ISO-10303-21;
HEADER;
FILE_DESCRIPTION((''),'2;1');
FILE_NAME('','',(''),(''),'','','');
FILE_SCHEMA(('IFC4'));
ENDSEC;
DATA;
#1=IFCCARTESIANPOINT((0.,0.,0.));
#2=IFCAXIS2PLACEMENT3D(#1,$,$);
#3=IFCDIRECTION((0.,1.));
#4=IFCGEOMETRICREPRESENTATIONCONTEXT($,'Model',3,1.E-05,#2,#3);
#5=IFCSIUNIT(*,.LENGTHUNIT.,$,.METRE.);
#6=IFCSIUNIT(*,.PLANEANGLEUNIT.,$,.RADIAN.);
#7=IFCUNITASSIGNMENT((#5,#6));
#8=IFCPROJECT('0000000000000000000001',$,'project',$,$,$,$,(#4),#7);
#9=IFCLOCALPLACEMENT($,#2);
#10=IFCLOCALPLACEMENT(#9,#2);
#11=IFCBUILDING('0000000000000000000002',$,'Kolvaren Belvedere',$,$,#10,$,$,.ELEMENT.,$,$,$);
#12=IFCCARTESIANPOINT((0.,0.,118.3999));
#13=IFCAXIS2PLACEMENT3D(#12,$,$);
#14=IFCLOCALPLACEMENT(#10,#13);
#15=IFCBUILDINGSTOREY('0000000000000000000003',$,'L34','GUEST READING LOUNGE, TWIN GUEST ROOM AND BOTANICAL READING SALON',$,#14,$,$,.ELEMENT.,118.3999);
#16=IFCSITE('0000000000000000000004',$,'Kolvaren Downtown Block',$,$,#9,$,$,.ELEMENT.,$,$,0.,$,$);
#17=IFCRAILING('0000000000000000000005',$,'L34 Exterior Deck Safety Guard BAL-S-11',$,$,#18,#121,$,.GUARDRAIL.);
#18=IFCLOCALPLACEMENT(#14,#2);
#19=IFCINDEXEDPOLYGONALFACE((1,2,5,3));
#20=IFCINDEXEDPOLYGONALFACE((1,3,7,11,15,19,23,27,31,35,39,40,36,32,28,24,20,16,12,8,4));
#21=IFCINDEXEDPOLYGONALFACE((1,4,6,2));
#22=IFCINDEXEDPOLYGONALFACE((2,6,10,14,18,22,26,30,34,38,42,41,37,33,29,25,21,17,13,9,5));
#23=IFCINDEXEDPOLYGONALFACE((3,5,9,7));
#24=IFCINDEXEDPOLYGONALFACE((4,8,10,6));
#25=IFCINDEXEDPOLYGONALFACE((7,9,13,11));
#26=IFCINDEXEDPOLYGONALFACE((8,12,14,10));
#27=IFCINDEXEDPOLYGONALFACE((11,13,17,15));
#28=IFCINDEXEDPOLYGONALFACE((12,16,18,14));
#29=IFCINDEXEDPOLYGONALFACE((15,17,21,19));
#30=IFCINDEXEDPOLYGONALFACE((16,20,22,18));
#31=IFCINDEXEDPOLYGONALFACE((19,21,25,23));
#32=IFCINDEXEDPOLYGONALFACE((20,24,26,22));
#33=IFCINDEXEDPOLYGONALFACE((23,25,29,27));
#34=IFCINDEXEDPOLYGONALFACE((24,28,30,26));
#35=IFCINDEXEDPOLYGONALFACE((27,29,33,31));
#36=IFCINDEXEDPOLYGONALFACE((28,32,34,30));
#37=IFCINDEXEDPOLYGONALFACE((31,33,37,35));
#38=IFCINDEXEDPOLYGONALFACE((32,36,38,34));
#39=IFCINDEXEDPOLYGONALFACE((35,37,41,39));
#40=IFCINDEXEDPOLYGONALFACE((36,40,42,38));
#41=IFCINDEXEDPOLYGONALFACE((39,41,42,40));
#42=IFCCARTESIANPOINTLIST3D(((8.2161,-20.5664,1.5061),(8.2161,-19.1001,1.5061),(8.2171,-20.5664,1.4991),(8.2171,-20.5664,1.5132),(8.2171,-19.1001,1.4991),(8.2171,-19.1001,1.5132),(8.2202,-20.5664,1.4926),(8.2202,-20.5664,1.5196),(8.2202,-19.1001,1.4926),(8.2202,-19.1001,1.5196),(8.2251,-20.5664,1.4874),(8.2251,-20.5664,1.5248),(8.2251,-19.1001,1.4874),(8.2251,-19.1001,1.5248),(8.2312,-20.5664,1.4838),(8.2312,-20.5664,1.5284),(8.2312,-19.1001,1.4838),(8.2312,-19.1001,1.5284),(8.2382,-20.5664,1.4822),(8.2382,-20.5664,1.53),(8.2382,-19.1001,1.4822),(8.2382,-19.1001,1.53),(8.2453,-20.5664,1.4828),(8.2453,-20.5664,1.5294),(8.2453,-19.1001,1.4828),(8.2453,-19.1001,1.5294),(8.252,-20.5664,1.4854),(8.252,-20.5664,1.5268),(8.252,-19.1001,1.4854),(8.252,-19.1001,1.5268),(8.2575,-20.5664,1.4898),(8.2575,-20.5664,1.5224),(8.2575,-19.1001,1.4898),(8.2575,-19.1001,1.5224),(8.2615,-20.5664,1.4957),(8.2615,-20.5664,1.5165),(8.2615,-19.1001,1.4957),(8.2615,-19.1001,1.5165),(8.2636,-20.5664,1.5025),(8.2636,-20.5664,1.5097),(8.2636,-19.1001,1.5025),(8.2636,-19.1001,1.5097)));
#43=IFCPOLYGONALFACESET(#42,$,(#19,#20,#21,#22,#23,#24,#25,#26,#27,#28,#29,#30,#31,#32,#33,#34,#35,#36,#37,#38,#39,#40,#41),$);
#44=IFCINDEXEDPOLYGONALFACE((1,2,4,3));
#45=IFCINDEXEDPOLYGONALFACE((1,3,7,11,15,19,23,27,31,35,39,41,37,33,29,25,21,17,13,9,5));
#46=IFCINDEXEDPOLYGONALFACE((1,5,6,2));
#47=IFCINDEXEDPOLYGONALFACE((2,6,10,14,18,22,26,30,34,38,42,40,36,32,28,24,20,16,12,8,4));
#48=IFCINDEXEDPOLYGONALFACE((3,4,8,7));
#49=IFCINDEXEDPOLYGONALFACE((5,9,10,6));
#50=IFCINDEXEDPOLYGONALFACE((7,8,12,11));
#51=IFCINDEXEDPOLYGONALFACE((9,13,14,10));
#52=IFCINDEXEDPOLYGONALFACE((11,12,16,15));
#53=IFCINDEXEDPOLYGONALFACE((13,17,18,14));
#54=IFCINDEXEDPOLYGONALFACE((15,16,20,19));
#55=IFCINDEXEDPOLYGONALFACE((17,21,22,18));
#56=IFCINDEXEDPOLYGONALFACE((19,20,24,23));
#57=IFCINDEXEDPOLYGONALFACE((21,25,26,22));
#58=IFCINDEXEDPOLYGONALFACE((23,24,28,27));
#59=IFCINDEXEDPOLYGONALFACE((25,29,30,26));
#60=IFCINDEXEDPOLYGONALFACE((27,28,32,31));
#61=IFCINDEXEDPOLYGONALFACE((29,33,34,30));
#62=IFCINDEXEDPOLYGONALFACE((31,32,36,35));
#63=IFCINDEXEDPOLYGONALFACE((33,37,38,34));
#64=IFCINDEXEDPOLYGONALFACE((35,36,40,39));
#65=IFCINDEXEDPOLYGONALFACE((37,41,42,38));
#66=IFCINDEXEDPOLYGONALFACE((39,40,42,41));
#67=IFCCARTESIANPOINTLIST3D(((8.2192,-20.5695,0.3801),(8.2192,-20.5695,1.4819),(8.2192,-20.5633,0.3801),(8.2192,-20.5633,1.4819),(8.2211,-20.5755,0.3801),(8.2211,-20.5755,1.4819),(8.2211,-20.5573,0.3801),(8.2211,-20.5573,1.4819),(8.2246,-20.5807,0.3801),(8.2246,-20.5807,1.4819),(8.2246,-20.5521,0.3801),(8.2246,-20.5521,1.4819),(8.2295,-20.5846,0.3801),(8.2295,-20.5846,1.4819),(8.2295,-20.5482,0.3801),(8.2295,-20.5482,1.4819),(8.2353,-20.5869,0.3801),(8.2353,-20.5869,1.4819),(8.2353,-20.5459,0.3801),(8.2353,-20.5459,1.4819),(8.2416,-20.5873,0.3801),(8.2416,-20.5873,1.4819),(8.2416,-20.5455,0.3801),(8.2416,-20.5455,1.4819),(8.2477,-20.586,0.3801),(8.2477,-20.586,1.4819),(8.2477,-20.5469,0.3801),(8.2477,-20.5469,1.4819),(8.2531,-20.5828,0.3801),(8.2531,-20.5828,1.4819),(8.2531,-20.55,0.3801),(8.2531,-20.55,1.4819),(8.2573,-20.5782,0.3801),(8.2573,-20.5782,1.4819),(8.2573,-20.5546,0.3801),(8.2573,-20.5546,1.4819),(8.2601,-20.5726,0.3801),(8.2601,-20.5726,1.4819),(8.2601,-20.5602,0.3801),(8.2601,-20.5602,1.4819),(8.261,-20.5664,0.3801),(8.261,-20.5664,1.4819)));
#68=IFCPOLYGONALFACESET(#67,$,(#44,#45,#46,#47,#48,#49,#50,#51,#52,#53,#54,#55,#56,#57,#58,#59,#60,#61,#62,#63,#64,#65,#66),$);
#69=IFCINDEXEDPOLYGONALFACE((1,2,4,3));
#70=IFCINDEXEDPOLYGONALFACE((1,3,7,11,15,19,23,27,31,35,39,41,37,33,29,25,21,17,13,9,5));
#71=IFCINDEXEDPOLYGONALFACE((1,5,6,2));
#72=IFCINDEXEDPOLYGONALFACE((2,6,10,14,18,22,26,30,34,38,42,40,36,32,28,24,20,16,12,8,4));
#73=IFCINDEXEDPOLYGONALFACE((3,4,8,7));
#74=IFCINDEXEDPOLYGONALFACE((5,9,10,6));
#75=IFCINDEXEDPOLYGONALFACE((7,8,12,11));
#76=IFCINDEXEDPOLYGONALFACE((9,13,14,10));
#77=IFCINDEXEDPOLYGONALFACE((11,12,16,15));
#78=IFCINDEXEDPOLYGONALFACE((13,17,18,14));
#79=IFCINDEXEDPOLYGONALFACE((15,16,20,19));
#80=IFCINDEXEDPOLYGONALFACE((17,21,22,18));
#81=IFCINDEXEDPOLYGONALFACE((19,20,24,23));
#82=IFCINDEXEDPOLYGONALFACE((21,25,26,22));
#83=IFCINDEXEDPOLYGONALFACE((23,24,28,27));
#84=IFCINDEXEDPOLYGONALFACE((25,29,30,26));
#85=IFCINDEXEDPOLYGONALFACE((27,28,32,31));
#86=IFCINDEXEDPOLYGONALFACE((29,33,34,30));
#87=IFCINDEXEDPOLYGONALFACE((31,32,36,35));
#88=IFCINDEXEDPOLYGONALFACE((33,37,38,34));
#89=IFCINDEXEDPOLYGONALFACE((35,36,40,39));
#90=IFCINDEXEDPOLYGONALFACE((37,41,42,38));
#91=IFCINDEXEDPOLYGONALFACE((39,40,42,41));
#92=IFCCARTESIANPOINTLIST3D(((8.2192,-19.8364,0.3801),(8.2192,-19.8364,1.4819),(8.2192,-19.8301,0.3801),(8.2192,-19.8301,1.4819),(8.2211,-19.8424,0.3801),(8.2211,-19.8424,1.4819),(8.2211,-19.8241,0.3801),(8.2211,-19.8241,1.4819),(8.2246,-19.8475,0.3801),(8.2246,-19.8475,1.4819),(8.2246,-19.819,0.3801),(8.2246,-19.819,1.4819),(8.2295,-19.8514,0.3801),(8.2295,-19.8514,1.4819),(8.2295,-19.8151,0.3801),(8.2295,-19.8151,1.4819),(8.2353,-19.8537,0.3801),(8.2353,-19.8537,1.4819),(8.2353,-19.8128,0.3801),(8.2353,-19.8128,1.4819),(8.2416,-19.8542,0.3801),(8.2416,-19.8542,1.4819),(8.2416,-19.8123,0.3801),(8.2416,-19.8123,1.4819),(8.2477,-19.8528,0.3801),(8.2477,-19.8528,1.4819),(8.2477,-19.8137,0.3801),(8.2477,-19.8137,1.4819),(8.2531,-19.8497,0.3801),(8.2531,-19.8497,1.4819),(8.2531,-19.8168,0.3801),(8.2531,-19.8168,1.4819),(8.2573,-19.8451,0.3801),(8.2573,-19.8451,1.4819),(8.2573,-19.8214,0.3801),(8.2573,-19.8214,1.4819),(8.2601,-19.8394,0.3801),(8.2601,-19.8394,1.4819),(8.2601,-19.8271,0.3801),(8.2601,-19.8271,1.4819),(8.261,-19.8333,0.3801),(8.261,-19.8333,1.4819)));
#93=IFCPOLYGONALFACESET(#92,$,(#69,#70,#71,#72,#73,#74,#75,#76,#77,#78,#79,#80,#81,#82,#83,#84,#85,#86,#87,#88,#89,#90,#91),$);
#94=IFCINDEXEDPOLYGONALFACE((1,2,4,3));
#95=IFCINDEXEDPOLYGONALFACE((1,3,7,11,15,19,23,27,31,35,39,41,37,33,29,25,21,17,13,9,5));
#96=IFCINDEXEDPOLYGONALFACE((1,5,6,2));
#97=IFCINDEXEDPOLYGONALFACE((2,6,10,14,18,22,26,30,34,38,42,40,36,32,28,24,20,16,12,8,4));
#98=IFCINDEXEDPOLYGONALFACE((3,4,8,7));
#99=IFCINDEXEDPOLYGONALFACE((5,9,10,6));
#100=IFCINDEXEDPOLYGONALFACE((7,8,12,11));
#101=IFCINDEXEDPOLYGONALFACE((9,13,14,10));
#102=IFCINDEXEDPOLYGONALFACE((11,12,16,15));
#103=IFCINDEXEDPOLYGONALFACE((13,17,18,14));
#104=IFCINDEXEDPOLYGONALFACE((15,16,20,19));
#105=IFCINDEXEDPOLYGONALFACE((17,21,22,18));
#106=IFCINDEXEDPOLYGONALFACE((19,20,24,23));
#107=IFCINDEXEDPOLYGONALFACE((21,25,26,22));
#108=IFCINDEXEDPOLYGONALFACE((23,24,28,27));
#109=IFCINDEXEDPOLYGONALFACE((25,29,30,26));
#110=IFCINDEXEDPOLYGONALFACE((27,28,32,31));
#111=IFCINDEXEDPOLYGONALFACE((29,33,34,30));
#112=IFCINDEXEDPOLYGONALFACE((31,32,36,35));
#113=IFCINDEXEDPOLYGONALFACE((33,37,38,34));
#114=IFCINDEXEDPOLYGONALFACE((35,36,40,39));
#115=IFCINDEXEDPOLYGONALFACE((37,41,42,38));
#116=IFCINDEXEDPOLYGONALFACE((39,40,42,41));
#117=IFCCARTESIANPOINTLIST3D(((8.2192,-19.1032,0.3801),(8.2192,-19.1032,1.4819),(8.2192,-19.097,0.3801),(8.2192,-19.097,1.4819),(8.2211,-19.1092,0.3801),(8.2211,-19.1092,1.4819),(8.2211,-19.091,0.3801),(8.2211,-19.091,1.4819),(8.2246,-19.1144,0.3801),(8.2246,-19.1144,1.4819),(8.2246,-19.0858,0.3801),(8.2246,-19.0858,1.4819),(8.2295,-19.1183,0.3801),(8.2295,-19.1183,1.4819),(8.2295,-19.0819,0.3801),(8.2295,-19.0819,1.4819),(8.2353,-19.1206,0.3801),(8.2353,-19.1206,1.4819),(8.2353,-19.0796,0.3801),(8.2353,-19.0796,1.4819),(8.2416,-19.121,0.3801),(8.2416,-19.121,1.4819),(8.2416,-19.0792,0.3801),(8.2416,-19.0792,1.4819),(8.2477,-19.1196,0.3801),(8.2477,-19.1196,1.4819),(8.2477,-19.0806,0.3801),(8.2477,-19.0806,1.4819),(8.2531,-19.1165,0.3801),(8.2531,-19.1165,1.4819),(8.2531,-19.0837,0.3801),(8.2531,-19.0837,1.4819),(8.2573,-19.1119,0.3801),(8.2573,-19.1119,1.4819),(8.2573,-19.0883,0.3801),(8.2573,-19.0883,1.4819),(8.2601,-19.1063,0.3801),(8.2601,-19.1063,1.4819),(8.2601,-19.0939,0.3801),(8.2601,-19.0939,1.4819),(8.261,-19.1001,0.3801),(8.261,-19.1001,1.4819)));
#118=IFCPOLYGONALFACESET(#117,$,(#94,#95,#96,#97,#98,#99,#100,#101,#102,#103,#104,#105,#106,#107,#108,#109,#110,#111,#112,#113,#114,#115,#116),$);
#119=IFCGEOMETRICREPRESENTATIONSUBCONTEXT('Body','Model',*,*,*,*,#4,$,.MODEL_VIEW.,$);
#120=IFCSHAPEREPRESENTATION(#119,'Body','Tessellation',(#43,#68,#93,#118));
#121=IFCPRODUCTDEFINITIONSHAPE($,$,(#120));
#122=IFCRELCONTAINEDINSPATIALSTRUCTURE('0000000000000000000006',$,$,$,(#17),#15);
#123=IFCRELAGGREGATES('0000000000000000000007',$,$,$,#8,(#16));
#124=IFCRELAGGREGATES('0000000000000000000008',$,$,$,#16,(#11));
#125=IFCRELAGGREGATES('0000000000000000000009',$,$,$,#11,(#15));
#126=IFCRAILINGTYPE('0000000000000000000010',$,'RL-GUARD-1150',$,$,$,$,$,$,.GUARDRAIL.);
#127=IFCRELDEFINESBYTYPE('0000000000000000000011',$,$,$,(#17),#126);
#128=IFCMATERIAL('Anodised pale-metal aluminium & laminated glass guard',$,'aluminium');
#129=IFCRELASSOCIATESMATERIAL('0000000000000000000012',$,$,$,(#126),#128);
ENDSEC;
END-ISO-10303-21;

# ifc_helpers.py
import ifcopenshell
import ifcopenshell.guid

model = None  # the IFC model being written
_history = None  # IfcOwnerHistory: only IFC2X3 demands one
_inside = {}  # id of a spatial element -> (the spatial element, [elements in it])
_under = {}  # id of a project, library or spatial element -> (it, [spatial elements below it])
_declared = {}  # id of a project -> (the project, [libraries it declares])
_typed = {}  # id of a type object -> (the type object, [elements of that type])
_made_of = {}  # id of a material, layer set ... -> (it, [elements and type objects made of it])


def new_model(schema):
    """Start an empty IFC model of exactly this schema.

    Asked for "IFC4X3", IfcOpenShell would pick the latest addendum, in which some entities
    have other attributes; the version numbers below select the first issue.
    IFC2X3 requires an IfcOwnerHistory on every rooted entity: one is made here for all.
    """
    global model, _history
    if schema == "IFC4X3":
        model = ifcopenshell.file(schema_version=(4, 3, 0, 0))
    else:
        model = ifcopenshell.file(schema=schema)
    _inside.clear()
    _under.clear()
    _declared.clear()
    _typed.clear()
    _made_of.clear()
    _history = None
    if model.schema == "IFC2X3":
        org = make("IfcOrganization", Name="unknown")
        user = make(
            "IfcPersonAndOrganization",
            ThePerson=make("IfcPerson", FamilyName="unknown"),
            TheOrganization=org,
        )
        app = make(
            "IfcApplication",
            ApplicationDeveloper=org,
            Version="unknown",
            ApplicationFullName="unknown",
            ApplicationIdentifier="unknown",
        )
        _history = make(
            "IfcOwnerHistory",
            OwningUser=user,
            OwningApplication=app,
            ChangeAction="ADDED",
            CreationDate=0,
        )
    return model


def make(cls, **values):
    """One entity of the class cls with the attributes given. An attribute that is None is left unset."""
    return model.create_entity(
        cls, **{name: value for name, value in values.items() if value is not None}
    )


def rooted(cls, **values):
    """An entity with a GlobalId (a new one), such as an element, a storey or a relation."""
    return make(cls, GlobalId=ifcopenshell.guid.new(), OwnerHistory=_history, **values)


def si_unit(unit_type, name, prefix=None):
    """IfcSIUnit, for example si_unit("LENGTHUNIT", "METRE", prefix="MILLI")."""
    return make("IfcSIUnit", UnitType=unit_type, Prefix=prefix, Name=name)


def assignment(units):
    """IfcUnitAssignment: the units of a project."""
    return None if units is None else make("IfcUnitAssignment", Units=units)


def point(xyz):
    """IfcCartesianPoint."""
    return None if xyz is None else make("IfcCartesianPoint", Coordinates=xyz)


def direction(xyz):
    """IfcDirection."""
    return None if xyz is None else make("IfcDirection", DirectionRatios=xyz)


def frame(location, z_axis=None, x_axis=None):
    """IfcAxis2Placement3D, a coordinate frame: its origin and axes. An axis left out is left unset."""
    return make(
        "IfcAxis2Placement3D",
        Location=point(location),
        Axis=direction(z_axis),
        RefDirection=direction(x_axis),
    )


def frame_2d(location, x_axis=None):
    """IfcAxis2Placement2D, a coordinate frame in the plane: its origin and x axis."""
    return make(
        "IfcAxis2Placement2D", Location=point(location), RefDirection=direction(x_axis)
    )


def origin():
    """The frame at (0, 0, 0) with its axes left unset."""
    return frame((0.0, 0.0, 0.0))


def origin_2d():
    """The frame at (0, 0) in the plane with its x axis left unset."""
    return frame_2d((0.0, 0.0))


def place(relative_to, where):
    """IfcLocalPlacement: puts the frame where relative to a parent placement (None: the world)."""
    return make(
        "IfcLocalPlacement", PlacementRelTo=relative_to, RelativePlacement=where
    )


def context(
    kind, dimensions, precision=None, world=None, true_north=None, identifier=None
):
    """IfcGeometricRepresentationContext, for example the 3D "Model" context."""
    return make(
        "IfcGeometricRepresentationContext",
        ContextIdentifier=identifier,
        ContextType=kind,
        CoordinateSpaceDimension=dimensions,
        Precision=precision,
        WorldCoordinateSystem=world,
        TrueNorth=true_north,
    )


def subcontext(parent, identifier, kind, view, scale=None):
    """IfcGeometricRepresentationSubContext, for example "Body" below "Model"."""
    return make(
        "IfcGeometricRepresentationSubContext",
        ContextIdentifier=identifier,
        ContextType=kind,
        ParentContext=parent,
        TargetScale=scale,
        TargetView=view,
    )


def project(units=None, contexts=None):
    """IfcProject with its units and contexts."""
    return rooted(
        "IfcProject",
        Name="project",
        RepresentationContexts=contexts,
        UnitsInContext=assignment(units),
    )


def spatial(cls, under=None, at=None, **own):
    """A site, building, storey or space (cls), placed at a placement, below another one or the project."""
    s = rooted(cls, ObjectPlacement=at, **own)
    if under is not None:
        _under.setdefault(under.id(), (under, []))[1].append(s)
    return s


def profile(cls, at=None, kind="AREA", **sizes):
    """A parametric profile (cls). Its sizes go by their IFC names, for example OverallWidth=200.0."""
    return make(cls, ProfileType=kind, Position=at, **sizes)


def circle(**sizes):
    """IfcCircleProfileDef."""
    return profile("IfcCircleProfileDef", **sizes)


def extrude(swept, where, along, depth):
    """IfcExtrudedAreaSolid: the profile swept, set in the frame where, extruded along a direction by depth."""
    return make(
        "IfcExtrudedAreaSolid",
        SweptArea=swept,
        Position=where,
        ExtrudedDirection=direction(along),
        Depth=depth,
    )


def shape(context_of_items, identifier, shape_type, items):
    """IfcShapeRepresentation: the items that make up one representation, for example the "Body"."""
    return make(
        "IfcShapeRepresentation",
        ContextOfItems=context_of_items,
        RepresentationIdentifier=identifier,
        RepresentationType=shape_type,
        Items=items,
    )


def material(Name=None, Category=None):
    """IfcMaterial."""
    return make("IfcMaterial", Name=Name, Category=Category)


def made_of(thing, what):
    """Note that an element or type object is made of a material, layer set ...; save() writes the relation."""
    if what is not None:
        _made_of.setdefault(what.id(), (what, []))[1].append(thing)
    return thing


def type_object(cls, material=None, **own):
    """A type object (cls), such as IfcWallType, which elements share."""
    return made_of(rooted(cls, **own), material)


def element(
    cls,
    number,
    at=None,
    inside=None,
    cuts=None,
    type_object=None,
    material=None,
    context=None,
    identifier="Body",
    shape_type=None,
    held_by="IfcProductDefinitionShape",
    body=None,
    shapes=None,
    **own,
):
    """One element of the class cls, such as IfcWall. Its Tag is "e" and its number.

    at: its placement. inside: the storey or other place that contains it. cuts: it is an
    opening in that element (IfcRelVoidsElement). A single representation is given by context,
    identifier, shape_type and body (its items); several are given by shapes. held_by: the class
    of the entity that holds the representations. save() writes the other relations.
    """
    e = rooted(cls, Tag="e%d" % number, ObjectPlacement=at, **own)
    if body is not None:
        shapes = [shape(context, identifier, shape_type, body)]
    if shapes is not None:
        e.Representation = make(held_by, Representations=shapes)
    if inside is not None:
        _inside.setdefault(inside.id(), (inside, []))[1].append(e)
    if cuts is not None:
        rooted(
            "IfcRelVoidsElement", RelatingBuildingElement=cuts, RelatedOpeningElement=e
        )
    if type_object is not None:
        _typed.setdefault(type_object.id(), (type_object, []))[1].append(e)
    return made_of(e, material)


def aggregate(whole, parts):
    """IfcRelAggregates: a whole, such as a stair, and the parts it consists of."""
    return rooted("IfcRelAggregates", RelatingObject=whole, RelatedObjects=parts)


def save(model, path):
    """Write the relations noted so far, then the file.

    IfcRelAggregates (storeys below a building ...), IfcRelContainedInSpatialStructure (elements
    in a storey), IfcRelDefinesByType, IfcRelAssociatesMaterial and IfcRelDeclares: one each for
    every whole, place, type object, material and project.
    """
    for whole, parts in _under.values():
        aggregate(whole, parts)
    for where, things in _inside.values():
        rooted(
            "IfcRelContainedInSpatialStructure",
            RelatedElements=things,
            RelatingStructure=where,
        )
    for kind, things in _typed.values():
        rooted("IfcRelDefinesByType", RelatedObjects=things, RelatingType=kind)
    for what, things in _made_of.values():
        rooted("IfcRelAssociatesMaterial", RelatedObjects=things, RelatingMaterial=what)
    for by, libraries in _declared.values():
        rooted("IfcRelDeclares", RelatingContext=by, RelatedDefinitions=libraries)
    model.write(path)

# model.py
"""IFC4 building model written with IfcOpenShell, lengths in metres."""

from ifc_helpers import new_model, si_unit, direction, frame, origin, origin_2d, place, context, subcontext, project, spatial, circle, extrude, material, type_object, element, save


model = new_model("IFC4")

# Units and contexts
model_context = context("Model", 3, precision=1e-05, world=origin(), true_north=direction((0.0, 1.0)))
body_context = subcontext(model_context, "Body", "Model", "MODEL_VIEW")
ifc_project = project(units=[si_unit("LENGTHUNIT", "METRE"), si_unit("PLANEANGLEUNIT", "RADIAN")], contexts=[model_context])

# Site, building, storey
site_placement = place(None, origin())
site = spatial("IfcSite", under=ifc_project, at=site_placement, Name="Kolvaren Downtown Block", CompositionType="ELEMENT", RefElevation=0.0)
building_placement = place(site_placement, origin())
building = spatial("IfcBuilding", under=site, at=building_placement, Name="Kolvaren Belvedere", CompositionType="ELEMENT")
storey_placement = place(building_placement, frame((0.0, 0.0, 118.3999)))
storey = spatial("IfcBuildingStorey", under=building, at=storey_placement, Name="L34", Description="GUEST READING LOUNGE, TWIN GUEST ROOM AND BOTANICAL READING SALON", CompositionType="ELEMENT", Elevation=118.3999)

# Railing
ifc_material_1 = material(Name="Anodised pale-metal aluminium & laminated glass guard", Category="aluminium")
railing_type = type_object("IfcRailingType", Name="RL-GUARD-1150", PredefinedType="GUARDRAIL", material=ifc_material_1)
railing_1_placement = place(storey_placement, frame((8.24, -20.5664, 0.3801)))
element("IfcRailing", 1, at=railing_1_placement, inside=storey, type_object=railing_type, Name="L34 Exterior Deck Safety Guard BAL-S-11", PredefinedType="GUARDRAIL", context=body_context, shape_type="SweptSolid", body=[
    extrude(circle(Radius=0.0239, at=origin_2d()), frame((0.0, 0.0, 1.126), z_axis=(0.0, 1.0, 0.0), x_axis=(-1.0, 0.0, 0.0)), (0.0, 0.0, 1.0), 1.4663),
    extrude(circle(Radius=0.021, at=origin_2d()), origin(), (0.0, 0.0, 1.0), 1.1018),
    extrude(circle(Radius=0.021, at=origin_2d()), frame((0.0, 0.7332, 0.0)), (0.0, 0.0, 1.0), 1.1018),
    extrude(circle(Radius=0.021, at=origin_2d()), frame((0.0, 1.4663, 0.0)), (0.0, 0.0, 1.0), 1.1018),
])

save(model, "model.ifc")
